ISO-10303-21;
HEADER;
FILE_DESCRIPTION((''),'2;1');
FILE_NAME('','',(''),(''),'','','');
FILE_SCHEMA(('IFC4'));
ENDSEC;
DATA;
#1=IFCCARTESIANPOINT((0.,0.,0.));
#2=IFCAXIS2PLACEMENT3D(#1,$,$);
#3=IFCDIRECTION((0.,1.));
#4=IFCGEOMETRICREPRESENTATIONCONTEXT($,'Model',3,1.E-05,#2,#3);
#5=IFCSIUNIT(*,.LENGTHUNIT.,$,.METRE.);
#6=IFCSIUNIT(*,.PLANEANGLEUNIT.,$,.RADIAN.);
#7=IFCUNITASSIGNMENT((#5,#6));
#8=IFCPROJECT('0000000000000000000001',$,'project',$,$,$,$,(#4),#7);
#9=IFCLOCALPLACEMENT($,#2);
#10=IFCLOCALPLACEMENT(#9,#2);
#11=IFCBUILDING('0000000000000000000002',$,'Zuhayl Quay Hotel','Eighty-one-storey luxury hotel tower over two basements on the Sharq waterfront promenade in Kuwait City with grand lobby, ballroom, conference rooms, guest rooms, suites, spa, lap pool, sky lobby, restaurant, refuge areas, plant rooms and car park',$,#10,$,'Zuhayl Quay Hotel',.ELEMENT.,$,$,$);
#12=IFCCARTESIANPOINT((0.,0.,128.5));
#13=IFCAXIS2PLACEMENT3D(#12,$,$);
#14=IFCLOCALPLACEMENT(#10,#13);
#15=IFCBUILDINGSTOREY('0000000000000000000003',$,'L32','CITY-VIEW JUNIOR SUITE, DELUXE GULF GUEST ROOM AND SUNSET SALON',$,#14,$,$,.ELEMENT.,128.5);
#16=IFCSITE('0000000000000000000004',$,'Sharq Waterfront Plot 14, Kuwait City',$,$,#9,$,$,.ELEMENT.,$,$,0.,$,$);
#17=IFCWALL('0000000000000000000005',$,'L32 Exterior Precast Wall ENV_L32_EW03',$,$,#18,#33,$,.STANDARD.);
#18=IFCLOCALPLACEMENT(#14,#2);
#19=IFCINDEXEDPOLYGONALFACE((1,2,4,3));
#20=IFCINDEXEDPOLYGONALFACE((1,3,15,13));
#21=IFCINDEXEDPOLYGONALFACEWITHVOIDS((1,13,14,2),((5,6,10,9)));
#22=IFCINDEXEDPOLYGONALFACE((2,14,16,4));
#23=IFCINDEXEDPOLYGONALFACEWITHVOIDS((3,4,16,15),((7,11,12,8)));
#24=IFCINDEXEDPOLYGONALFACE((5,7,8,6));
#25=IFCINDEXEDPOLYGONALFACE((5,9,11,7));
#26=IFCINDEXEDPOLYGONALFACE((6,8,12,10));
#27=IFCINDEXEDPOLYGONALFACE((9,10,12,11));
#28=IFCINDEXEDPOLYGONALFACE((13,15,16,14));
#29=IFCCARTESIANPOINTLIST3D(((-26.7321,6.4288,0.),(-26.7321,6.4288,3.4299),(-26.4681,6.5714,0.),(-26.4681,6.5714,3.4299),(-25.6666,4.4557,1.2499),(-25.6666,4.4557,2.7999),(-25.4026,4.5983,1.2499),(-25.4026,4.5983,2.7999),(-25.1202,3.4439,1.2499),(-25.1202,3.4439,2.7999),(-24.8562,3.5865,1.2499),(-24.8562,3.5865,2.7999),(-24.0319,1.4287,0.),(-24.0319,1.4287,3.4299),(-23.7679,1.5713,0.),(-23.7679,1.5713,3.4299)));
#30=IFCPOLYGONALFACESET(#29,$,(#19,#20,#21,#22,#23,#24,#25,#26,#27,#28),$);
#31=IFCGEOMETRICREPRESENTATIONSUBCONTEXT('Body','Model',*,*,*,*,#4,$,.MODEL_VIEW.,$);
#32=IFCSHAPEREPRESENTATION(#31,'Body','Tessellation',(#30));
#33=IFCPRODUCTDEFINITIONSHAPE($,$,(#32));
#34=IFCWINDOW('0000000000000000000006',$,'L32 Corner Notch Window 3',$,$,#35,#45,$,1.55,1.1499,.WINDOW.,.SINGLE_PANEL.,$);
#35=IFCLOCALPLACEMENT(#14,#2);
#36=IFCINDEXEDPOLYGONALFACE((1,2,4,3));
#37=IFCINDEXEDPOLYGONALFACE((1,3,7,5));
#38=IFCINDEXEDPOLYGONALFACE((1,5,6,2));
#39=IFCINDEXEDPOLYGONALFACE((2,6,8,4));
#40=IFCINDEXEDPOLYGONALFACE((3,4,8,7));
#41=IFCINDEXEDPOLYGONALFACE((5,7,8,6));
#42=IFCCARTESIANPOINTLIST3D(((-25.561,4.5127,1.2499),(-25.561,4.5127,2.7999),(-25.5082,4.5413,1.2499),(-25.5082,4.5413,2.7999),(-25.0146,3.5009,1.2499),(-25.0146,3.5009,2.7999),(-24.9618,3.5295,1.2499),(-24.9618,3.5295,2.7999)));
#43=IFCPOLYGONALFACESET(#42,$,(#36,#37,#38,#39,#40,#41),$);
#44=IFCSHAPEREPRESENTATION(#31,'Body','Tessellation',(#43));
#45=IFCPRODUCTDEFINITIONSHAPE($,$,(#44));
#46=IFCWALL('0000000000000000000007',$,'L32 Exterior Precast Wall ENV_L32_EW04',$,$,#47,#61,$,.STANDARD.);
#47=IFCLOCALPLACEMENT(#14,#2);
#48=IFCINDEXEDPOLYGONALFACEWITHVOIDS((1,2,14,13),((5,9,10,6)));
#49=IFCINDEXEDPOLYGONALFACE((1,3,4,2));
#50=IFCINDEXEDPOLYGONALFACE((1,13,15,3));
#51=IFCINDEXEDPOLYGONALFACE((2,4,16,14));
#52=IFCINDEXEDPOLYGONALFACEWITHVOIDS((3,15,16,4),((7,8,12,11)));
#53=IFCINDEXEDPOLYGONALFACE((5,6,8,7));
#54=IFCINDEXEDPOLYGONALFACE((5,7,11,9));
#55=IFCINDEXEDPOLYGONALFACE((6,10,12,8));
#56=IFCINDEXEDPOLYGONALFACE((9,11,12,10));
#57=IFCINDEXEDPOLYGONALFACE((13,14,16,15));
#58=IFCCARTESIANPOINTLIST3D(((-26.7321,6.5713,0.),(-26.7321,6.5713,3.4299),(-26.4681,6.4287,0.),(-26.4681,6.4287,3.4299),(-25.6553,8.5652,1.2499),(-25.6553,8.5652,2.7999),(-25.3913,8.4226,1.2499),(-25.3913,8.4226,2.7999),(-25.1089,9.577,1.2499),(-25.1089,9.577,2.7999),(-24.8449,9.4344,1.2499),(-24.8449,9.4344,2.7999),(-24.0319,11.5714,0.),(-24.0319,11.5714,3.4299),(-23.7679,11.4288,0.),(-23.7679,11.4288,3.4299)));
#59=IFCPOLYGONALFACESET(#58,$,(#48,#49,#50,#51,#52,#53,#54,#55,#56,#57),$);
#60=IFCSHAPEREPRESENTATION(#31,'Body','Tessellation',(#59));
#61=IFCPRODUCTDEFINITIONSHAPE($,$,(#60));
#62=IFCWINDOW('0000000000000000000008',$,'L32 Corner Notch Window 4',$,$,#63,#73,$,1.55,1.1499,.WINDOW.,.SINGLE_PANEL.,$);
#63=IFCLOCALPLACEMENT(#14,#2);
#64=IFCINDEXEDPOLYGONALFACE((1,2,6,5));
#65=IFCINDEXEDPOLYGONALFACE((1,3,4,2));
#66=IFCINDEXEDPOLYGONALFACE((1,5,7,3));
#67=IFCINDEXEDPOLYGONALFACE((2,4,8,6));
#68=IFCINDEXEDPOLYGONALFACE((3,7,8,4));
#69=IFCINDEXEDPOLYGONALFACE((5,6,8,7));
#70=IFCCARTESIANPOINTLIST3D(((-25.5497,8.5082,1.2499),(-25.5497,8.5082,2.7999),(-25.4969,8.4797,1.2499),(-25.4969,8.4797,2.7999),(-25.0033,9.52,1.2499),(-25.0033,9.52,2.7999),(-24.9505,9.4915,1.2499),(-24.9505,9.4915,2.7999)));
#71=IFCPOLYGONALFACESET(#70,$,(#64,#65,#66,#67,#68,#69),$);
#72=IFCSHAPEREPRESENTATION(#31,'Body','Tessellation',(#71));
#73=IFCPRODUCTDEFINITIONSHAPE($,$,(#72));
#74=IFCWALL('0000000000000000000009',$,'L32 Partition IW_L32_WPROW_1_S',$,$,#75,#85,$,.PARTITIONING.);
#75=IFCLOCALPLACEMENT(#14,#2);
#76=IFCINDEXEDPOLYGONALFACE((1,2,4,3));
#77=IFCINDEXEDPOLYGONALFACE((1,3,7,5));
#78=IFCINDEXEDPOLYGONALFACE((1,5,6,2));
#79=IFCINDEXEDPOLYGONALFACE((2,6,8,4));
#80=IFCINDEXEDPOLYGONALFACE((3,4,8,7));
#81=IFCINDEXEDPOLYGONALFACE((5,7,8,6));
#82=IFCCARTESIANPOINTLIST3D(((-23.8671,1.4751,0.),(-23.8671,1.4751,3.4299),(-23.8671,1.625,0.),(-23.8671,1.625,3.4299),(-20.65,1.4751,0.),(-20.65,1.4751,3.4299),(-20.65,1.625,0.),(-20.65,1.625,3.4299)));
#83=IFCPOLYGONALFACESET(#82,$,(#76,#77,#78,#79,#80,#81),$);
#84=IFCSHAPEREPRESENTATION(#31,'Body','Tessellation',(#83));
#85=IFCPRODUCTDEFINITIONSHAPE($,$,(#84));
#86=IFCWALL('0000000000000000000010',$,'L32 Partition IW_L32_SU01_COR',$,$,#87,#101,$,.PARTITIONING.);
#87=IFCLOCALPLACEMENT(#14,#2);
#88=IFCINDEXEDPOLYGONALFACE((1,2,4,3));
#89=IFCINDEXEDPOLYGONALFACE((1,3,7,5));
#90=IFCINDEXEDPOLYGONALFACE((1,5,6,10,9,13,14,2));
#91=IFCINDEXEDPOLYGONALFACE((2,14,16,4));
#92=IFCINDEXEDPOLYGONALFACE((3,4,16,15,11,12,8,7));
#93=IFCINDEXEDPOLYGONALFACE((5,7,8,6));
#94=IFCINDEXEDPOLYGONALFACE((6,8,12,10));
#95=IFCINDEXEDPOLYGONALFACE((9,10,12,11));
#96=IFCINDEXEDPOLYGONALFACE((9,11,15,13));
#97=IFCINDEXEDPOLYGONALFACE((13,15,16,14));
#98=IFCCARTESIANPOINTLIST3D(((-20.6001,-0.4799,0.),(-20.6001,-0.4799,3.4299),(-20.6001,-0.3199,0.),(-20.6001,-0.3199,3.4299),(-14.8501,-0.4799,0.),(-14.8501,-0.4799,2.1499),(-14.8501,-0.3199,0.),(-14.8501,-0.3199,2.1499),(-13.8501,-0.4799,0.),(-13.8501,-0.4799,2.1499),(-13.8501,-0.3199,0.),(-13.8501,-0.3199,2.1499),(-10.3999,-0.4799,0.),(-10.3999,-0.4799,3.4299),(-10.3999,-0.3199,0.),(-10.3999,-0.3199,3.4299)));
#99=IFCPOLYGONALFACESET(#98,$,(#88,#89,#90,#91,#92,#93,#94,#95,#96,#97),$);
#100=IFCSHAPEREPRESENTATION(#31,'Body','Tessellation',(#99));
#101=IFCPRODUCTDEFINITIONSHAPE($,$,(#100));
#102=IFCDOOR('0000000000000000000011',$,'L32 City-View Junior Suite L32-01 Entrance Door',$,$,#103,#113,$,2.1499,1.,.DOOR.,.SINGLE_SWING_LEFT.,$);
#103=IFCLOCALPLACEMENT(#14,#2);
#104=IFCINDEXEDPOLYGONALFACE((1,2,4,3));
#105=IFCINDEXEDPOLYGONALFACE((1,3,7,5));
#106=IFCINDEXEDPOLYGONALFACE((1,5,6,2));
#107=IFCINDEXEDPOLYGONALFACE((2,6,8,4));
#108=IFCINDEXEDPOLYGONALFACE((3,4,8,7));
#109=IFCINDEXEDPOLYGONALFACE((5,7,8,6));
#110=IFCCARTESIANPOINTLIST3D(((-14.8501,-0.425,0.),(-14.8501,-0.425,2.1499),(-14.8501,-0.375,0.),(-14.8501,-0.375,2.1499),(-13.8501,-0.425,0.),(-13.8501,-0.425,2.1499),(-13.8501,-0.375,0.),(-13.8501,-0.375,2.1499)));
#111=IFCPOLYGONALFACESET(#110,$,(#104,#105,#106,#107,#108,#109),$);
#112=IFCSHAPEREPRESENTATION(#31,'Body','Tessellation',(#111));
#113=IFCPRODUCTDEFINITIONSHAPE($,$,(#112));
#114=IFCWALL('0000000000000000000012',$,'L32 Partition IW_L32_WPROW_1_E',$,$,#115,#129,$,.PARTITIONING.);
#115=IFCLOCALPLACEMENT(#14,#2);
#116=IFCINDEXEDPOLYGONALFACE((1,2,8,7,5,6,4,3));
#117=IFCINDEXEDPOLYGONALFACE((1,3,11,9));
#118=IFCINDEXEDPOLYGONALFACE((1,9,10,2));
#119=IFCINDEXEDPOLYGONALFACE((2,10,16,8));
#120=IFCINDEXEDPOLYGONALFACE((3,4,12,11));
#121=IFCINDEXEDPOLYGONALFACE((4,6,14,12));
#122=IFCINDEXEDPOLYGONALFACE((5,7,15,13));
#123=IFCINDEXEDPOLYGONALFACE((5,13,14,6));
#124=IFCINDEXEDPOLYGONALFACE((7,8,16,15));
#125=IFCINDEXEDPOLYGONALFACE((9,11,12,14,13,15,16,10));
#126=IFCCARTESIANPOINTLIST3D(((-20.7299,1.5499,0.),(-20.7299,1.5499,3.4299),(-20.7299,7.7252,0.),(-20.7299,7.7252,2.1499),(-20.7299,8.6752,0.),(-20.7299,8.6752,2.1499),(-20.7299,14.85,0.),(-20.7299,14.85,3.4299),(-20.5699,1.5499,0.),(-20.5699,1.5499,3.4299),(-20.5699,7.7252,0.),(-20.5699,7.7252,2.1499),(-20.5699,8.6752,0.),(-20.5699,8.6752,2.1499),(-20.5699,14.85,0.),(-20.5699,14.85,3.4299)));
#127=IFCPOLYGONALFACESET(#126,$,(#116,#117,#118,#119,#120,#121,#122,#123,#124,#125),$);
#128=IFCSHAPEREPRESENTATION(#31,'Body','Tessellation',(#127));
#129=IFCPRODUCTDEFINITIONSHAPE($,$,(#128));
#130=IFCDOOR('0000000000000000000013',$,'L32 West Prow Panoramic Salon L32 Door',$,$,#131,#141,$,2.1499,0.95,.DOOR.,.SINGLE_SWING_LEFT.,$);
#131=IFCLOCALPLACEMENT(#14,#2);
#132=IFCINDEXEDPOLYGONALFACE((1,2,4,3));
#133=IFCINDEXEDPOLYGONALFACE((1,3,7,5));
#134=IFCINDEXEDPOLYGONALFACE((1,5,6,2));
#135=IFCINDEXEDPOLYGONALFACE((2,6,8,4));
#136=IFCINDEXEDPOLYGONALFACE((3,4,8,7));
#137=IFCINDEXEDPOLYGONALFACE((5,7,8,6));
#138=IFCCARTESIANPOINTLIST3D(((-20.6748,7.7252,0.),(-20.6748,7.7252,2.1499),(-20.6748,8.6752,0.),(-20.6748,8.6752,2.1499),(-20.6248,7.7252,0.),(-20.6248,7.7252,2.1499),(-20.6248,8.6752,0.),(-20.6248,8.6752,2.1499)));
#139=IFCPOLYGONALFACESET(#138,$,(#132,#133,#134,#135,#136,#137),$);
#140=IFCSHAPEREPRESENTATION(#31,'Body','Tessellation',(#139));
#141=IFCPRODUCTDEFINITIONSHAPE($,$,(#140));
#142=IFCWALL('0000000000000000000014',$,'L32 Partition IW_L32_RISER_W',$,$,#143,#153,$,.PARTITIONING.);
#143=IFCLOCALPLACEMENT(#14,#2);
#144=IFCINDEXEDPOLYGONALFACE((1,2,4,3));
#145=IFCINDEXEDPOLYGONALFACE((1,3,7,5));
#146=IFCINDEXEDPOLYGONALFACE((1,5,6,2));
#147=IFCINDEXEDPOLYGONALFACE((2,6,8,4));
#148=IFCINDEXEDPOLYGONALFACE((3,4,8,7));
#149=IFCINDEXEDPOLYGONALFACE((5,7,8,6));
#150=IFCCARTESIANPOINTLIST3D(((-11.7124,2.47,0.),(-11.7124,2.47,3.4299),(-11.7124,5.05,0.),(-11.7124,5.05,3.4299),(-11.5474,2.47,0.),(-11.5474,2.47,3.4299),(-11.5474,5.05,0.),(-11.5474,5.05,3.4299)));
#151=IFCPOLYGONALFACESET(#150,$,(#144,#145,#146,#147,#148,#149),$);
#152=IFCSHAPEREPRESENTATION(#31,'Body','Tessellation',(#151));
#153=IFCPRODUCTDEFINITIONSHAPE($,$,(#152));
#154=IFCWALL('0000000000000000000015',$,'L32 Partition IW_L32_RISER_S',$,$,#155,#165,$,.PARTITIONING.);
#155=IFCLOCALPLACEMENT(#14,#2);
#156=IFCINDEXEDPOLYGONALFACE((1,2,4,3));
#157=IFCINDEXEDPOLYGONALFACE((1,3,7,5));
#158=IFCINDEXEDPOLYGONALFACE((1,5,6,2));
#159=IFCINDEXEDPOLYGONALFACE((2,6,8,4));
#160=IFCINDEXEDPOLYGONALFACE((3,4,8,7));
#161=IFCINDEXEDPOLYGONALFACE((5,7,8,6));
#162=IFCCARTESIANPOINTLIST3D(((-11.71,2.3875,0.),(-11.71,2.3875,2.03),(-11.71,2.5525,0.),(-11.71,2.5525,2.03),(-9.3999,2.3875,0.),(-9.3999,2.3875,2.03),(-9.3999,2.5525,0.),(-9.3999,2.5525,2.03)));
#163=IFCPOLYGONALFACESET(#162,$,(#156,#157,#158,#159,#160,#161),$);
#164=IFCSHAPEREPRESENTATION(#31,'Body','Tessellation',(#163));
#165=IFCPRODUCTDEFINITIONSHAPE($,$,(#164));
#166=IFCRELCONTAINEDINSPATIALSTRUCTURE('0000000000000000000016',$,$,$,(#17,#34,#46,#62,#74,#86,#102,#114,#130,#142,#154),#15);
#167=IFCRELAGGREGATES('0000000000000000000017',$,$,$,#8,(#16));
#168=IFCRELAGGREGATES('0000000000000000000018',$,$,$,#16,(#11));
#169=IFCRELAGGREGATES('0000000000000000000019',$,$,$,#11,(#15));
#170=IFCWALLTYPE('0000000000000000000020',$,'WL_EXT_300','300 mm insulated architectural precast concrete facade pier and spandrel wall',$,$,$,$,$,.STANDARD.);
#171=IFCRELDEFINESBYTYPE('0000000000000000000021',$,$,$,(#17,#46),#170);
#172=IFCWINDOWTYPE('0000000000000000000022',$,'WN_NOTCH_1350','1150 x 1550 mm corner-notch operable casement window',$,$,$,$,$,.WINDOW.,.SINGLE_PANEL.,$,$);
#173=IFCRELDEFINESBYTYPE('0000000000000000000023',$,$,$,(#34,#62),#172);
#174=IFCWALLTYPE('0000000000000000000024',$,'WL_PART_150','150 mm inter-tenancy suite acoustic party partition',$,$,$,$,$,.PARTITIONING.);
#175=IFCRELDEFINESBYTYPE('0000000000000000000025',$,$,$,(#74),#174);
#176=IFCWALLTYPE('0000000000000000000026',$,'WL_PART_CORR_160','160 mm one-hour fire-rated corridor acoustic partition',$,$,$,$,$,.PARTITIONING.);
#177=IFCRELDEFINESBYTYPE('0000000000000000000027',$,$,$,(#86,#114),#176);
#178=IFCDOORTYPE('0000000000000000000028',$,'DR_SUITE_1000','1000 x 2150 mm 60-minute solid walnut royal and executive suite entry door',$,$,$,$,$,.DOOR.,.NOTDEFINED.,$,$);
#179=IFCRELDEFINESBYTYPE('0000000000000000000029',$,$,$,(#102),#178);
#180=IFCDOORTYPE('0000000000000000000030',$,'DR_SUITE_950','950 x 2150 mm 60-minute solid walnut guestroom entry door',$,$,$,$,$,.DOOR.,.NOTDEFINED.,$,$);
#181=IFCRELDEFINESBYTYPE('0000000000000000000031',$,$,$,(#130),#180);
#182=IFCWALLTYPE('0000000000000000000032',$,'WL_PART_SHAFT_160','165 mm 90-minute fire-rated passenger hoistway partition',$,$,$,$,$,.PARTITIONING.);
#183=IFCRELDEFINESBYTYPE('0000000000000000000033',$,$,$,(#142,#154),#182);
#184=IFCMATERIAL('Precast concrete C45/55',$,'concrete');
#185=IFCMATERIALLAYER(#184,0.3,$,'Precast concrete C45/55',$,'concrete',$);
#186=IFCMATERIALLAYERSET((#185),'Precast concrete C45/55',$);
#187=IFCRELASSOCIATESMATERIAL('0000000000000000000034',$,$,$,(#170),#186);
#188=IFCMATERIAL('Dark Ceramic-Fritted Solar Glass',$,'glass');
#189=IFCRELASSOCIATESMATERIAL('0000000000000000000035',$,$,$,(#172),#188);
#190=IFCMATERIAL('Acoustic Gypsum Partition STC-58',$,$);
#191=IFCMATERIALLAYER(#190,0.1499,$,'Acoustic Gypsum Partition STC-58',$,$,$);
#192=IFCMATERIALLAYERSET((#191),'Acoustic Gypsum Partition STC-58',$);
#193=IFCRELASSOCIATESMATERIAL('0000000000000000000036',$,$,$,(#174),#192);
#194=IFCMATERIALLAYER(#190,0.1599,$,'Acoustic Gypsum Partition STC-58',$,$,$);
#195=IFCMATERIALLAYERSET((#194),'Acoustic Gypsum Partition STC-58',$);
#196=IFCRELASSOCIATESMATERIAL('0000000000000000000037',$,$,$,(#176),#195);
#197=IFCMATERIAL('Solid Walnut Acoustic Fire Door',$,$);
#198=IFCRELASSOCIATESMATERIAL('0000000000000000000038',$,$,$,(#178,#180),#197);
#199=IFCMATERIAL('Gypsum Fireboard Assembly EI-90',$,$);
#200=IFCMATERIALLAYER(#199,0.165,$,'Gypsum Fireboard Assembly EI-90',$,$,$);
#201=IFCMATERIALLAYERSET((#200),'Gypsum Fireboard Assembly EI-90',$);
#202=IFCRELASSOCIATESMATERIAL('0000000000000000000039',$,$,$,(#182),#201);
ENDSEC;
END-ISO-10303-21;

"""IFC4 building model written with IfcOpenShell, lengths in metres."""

from ifc_helpers import new_model, si_unit, direction, frame, frame_2d, origin, place, context, subcontext, project, spatial, rectangle, extrude, material, layer, layer_set, type_object, element, fill, save


model = new_model("IFC4")

# Units and contexts
model_context = context("Model", 3, precision=1e-05, world=origin(), true_north=direction((0.0, 1.0)))
body_context = subcontext(model_context, "Body", "Model", "MODEL_VIEW")
ifc_project = project(units=[si_unit("LENGTHUNIT", "METRE"), si_unit("PLANEANGLEUNIT", "RADIAN")], contexts=[model_context])

# Site, building, storey
site_placement = place(None, origin())
site = spatial("IfcSite", under=ifc_project, at=site_placement, Name="Sharq Waterfront Plot 14, Kuwait City", CompositionType="ELEMENT", RefElevation=0.0)
building_placement = place(site_placement, origin())
building = spatial("IfcBuilding", under=site, at=building_placement, Name="Zuhayl Quay Hotel", Description="Eighty-one-storey luxury hotel tower over two basements on the Sharq waterfront promenade in Kuwait City with grand lobby, ballroom, conference rooms, guest rooms, suites, spa, lap pool, sky lobby, restaurant, refuge areas, plant rooms and car park", LongName="Zuhayl Quay Hotel", CompositionType="ELEMENT")
storey_placement = place(building_placement, frame((0.0, 0.0, 128.5)))
storey = spatial("IfcBuildingStorey", under=building, at=storey_placement, Name="L32", Description="CITY-VIEW JUNIOR SUITE, DELUXE GULF GUEST ROOM AND SUNSET SALON", CompositionType="ELEMENT", Elevation=128.5)

# Shared definitions
ifc_material_1 = material(Name="Precast concrete C45/55", Category="concrete")
ifc_layer_1 = layer(ifc_material_1, 0.3, Name="Precast concrete C45/55", Category="concrete")
ifc_layer_set_1 = layer_set([ifc_layer_1], Name="Precast concrete C45/55")
wall_type_1 = type_object("IfcWallType", Name="WL_EXT_300", Description="300 mm insulated architectural precast concrete facade pier and spandrel wall", PredefinedType="STANDARD", material=ifc_layer_set_1)

# Walls, openings, windows
wall_1_placement = place(storey_placement, frame((-23.8999, 1.5, 0.0), z_axis=(0.0, 0.0, 1.0), x_axis=(-0.475176, 0.879891, 0.0)))
wall_1 = element("IfcWall", 1, at=wall_1_placement, inside=storey, type_object=wall_type_1, Name="L32 Exterior Precast Wall ENV_L32_EW03", PredefinedType="STANDARD", context=body_context, shape_type="SweptSolid", body=[
    extrude(rectangle(XDim=5.6826, YDim=0.3, at=frame_2d((2.8413, 0.0))), origin(), (0.0, 0.0, 1.0), 3.4299),
])
opening_1_placement = place(wall_1_placement, frame((2.2903, 0.0, 1.25)))
opening_1 = element("IfcOpeningElement", 2, at=opening_1_placement, cuts=wall_1, PredefinedType="OPENING", context=body_context, shape_type="SweptSolid", body=[
    extrude(rectangle(XDim=1.1499, YDim=1.55, at=frame_2d((0.575, 0.7749))), frame((0.0, 0.1599, 0.0), z_axis=(0.0, -1.0, 0.0), x_axis=(1.0, 0.0, 0.0)), (0.0, 0.0, 1.0), 0.3201),
])
ifc_material_2 = material(Name="Dark Ceramic-Fritted Solar Glass", Category="glass")
window_type = type_object("IfcWindowType", Name="WN_NOTCH_1350", Description="1150 x 1550 mm corner-notch operable casement window", PartitioningType="SINGLE_PANEL", PredefinedType="WINDOW", material=ifc_material_2)
window_1_placement = place(opening_1_placement, origin())
window_1 = element("IfcWindow", 3, at=window_1_placement, inside=storey, type_object=window_type, Name="L32 Corner Notch Window 3", OverallHeight=1.55, OverallWidth=1.1499, PartitioningType="SINGLE_PANEL", PredefinedType="WINDOW", context=body_context, shape_type="SweptSolid", body=[
    extrude(rectangle(XDim=1.1499, YDim=1.55, at=frame_2d((0.575, 0.7749))), frame((0.0, 0.03, 0.0), z_axis=(0.0, -1.0, 0.0), x_axis=(1.0, 0.0, 0.0)), (0.0, 0.0, 1.0), 0.0601),
])
fill(opening_1, window_1)
wall_2_placement = place(storey_placement, frame((-26.6001, 6.5, 0.0), z_axis=(0.0, 0.0, 1.0), x_axis=(0.475176, 0.879891, 0.0)))
wall_2 = element("IfcWall", 4, at=wall_2_placement, inside=storey, type_object=wall_type_1, Name="L32 Exterior Precast Wall ENV_L32_EW04", PredefinedType="STANDARD", context=body_context, shape_type="SweptSolid", body=[
    extrude(rectangle(XDim=5.6826, YDim=0.3, at=frame_2d((2.8413, 0.0))), origin(), (0.0, 0.0, 1.0), 3.4299),
])
opening_2_placement = place(wall_2_placement, frame((2.2661, 0.0, 1.25)))
opening_2 = element("IfcOpeningElement", 5, at=opening_2_placement, cuts=wall_2, PredefinedType="OPENING", context=body_context, shape_type="SweptSolid", body=[
    extrude(rectangle(XDim=1.1499, YDim=1.55, at=frame_2d((0.575, 0.7749))), frame((0.0, 0.1599, 0.0), z_axis=(0.0, -1.0, 0.0), x_axis=(1.0, 0.0, 0.0)), (0.0, 0.0, 1.0), 0.3201),
])
window_2_placement = place(opening_2_placement, origin())
window_2 = element("IfcWindow", 6, at=window_2_placement, inside=storey, type_object=window_type, Name="L32 Corner Notch Window 4", OverallHeight=1.55, OverallWidth=1.1499, PartitioningType="SINGLE_PANEL", PredefinedType="WINDOW", context=body_context, shape_type="SweptSolid", body=[
    extrude(rectangle(XDim=1.1499, YDim=1.55, at=frame_2d((0.575, 0.7749))), frame((0.0, 0.03, 0.0), z_axis=(0.0, -1.0, 0.0), x_axis=(1.0, 0.0, 0.0)), (0.0, 0.0, 1.0), 0.0601),
])
fill(opening_2, window_2)

# Wall
ifc_material_3 = material(Name="Acoustic Gypsum Partition STC-58")
ifc_layer_2 = layer(ifc_material_3, 0.1499, Name="Acoustic Gypsum Partition STC-58")
ifc_layer_set_2 = layer_set([ifc_layer_2], Name="Acoustic Gypsum Partition STC-58")
wall_type_2 = type_object("IfcWallType", Name="WL_PART_150", Description="150 mm inter-tenancy suite acoustic party partition", PredefinedType="PARTITIONING", material=ifc_layer_set_2)
wall_3_placement = place(storey_placement, frame((-23.8669, 1.55, 0.0), z_axis=(0.0, 0.0, 1.0), x_axis=(1.0, 0.0, 0.0)))
element("IfcWall", 7, at=wall_3_placement, inside=storey, type_object=wall_type_2, Name="L32 Partition IW_L32_WPROW_1_S", PredefinedType="PARTITIONING", context=body_context, shape_type="SweptSolid", body=[
    extrude(rectangle(XDim=3.217, YDim=0.1499, at=frame_2d((1.6084, 0.0))), origin(), (0.0, 0.0, 1.0), 3.4299),
])

# Walls, openings, doors
ifc_layer_3 = layer(ifc_material_3, 0.1599, Name="Acoustic Gypsum Partition STC-58")
ifc_layer_set_3 = layer_set([ifc_layer_3], Name="Acoustic Gypsum Partition STC-58")
wall_type_3 = type_object("IfcWallType", Name="WL_PART_CORR_160", Description="160 mm one-hour fire-rated corridor acoustic partition", PredefinedType="PARTITIONING", material=ifc_layer_set_3)
wall_4_placement = place(storey_placement, frame((-20.6001, -0.3999, 0.0), z_axis=(0.0, 0.0, 1.0), x_axis=(1.0, 0.0, 0.0)))
wall_4 = element("IfcWall", 8, at=wall_4_placement, inside=storey, type_object=wall_type_3, Name="L32 Partition IW_L32_SU01_COR", PredefinedType="PARTITIONING", context=body_context, shape_type="SweptSolid", body=[
    extrude(rectangle(XDim=10.2002, YDim=0.1599, at=frame_2d((5.1001, 0.0))), origin(), (0.0, 0.0, 1.0), 3.4299),
])
opening_3_placement = place(wall_4_placement, frame((5.75, 0.0, 0.0)))
opening_3 = element("IfcOpeningElement", 9, at=opening_3_placement, cuts=wall_4, PredefinedType="OPENING", context=body_context, shape_type="SweptSolid", body=[
    extrude(rectangle(XDim=1.0, YDim=2.1499, at=frame_2d((0.5, 1.075))), frame((0.0, 0.0898, 0.0), z_axis=(0.0, -1.0, 0.0), x_axis=(1.0, 0.0, 0.0)), (0.0, 0.0, 1.0), 0.1799),
])
ifc_material_4 = material(Name="Solid Walnut Acoustic Fire Door")
door_type_1 = type_object("IfcDoorType", Name="DR_SUITE_1000", Description="1000 x 2150 mm 60-minute solid walnut royal and executive suite entry door", OperationType="NOTDEFINED", PredefinedType="DOOR", material=ifc_material_4)
door_1_placement = place(opening_3_placement, origin())
door_1 = element("IfcDoor", 10, at=door_1_placement, inside=storey, type_object=door_type_1, Name="L32 City-View Junior Suite L32-01 Entrance Door", OperationType="SINGLE_SWING_LEFT", OverallHeight=2.1499, OverallWidth=1.0, PredefinedType="DOOR", context=body_context, shape_type="SweptSolid", body=[
    extrude(rectangle(XDim=1.0, YDim=2.1499, at=frame_2d((0.5, 1.075))), frame((0.0, 0.0249, 0.0), z_axis=(0.0, -1.0, 0.0), x_axis=(1.0, 0.0, 0.0)), (0.0, 0.0, 1.0), 0.05),
])
fill(opening_3, door_1)
wall_5_placement = place(storey_placement, frame((-20.6499, 1.55, 0.0), z_axis=(0.0, 0.0, 1.0), x_axis=(0.0, 1.0, 0.0)))
wall_5 = element("IfcWall", 11, at=wall_5_placement, inside=storey, type_object=wall_type_3, Name="L32 Partition IW_L32_WPROW_1_E", PredefinedType="PARTITIONING", context=body_context, shape_type="SweptSolid", body=[
    extrude(rectangle(XDim=13.3, YDim=0.1599, at=frame_2d((6.6499, 0.0))), origin(), (0.0, 0.0, 1.0), 3.4299),
])
opening_4_placement = place(wall_5_placement, frame((6.175, 0.0, 0.0)))
opening_4 = element("IfcOpeningElement", 12, at=opening_4_placement, cuts=wall_5, PredefinedType="OPENING", context=body_context, shape_type="SweptSolid", body=[
    extrude(rectangle(XDim=0.95, YDim=2.1499, at=frame_2d((0.4751, 1.075))), frame((0.0, 0.0898, 0.0), z_axis=(0.0, -1.0, 0.0), x_axis=(1.0, 0.0, 0.0)), (0.0, 0.0, 1.0), 0.1799),
])
door_type_2 = type_object("IfcDoorType", Name="DR_SUITE_950", Description="950 x 2150 mm 60-minute solid walnut guestroom entry door", OperationType="NOTDEFINED", PredefinedType="DOOR", material=ifc_material_4)
door_2_placement = place(opening_4_placement, origin())
door_2 = element("IfcDoor", 13, at=door_2_placement, inside=storey, type_object=door_type_2, Name="L32 West Prow Panoramic Salon L32 Door", OperationType="SINGLE_SWING_LEFT", OverallHeight=2.1499, OverallWidth=0.95, PredefinedType="DOOR", context=body_context, shape_type="SweptSolid", body=[
    extrude(rectangle(XDim=0.95, YDim=2.1499, at=frame_2d((0.4751, 1.075))), frame((0.0, 0.0249, 0.0), z_axis=(0.0, -1.0, 0.0), x_axis=(1.0, 0.0, 0.0)), (0.0, 0.0, 1.0), 0.05),
])
fill(opening_4, door_2)

# Walls
ifc_material_5 = material(Name="Gypsum Fireboard Assembly EI-90")
ifc_layer_4 = layer(ifc_material_5, 0.165, Name="Gypsum Fireboard Assembly EI-90")
ifc_layer_set_4 = layer_set([ifc_layer_4], Name="Gypsum Fireboard Assembly EI-90")
wall_type_4 = type_object("IfcWallType", Name="WL_PART_SHAFT_160", Description="165 mm 90-minute fire-rated passenger hoistway partition", PredefinedType="PARTITIONING", material=ifc_layer_set_4)
wall_6_placement = place(storey_placement, frame((-11.6299, 2.47, 0.0), z_axis=(0.0, 0.0, 1.0), x_axis=(0.0, 1.0, 0.0)))
element("IfcWall", 14, at=wall_6_placement, inside=storey, type_object=wall_type_4, Name="L32 Partition IW_L32_RISER_W", PredefinedType="PARTITIONING", context=body_context, shape_type="SweptSolid", body=[
    extrude(rectangle(XDim=2.5801, YDim=0.165, at=frame_2d((1.29, 0.0))), origin(), (0.0, 0.0, 1.0), 3.4299),
])
wall_7_placement = place(storey_placement, frame((-11.71, 2.47, 0.0), z_axis=(0.0, 0.0, 1.0), x_axis=(1.0, 0.0, 0.0)))
element("IfcWall", 15, at=wall_7_placement, inside=storey, type_object=wall_type_4, Name="L32 Partition IW_L32_RISER_S", PredefinedType="PARTITIONING", context=body_context, shape_type="SweptSolid", body=[
    extrude(rectangle(XDim=2.3101, YDim=0.165, at=frame_2d((1.155, 0.0))), origin(), (0.0, 0.0, 1.0), 2.03),
])

save(model, "model.ifc")
